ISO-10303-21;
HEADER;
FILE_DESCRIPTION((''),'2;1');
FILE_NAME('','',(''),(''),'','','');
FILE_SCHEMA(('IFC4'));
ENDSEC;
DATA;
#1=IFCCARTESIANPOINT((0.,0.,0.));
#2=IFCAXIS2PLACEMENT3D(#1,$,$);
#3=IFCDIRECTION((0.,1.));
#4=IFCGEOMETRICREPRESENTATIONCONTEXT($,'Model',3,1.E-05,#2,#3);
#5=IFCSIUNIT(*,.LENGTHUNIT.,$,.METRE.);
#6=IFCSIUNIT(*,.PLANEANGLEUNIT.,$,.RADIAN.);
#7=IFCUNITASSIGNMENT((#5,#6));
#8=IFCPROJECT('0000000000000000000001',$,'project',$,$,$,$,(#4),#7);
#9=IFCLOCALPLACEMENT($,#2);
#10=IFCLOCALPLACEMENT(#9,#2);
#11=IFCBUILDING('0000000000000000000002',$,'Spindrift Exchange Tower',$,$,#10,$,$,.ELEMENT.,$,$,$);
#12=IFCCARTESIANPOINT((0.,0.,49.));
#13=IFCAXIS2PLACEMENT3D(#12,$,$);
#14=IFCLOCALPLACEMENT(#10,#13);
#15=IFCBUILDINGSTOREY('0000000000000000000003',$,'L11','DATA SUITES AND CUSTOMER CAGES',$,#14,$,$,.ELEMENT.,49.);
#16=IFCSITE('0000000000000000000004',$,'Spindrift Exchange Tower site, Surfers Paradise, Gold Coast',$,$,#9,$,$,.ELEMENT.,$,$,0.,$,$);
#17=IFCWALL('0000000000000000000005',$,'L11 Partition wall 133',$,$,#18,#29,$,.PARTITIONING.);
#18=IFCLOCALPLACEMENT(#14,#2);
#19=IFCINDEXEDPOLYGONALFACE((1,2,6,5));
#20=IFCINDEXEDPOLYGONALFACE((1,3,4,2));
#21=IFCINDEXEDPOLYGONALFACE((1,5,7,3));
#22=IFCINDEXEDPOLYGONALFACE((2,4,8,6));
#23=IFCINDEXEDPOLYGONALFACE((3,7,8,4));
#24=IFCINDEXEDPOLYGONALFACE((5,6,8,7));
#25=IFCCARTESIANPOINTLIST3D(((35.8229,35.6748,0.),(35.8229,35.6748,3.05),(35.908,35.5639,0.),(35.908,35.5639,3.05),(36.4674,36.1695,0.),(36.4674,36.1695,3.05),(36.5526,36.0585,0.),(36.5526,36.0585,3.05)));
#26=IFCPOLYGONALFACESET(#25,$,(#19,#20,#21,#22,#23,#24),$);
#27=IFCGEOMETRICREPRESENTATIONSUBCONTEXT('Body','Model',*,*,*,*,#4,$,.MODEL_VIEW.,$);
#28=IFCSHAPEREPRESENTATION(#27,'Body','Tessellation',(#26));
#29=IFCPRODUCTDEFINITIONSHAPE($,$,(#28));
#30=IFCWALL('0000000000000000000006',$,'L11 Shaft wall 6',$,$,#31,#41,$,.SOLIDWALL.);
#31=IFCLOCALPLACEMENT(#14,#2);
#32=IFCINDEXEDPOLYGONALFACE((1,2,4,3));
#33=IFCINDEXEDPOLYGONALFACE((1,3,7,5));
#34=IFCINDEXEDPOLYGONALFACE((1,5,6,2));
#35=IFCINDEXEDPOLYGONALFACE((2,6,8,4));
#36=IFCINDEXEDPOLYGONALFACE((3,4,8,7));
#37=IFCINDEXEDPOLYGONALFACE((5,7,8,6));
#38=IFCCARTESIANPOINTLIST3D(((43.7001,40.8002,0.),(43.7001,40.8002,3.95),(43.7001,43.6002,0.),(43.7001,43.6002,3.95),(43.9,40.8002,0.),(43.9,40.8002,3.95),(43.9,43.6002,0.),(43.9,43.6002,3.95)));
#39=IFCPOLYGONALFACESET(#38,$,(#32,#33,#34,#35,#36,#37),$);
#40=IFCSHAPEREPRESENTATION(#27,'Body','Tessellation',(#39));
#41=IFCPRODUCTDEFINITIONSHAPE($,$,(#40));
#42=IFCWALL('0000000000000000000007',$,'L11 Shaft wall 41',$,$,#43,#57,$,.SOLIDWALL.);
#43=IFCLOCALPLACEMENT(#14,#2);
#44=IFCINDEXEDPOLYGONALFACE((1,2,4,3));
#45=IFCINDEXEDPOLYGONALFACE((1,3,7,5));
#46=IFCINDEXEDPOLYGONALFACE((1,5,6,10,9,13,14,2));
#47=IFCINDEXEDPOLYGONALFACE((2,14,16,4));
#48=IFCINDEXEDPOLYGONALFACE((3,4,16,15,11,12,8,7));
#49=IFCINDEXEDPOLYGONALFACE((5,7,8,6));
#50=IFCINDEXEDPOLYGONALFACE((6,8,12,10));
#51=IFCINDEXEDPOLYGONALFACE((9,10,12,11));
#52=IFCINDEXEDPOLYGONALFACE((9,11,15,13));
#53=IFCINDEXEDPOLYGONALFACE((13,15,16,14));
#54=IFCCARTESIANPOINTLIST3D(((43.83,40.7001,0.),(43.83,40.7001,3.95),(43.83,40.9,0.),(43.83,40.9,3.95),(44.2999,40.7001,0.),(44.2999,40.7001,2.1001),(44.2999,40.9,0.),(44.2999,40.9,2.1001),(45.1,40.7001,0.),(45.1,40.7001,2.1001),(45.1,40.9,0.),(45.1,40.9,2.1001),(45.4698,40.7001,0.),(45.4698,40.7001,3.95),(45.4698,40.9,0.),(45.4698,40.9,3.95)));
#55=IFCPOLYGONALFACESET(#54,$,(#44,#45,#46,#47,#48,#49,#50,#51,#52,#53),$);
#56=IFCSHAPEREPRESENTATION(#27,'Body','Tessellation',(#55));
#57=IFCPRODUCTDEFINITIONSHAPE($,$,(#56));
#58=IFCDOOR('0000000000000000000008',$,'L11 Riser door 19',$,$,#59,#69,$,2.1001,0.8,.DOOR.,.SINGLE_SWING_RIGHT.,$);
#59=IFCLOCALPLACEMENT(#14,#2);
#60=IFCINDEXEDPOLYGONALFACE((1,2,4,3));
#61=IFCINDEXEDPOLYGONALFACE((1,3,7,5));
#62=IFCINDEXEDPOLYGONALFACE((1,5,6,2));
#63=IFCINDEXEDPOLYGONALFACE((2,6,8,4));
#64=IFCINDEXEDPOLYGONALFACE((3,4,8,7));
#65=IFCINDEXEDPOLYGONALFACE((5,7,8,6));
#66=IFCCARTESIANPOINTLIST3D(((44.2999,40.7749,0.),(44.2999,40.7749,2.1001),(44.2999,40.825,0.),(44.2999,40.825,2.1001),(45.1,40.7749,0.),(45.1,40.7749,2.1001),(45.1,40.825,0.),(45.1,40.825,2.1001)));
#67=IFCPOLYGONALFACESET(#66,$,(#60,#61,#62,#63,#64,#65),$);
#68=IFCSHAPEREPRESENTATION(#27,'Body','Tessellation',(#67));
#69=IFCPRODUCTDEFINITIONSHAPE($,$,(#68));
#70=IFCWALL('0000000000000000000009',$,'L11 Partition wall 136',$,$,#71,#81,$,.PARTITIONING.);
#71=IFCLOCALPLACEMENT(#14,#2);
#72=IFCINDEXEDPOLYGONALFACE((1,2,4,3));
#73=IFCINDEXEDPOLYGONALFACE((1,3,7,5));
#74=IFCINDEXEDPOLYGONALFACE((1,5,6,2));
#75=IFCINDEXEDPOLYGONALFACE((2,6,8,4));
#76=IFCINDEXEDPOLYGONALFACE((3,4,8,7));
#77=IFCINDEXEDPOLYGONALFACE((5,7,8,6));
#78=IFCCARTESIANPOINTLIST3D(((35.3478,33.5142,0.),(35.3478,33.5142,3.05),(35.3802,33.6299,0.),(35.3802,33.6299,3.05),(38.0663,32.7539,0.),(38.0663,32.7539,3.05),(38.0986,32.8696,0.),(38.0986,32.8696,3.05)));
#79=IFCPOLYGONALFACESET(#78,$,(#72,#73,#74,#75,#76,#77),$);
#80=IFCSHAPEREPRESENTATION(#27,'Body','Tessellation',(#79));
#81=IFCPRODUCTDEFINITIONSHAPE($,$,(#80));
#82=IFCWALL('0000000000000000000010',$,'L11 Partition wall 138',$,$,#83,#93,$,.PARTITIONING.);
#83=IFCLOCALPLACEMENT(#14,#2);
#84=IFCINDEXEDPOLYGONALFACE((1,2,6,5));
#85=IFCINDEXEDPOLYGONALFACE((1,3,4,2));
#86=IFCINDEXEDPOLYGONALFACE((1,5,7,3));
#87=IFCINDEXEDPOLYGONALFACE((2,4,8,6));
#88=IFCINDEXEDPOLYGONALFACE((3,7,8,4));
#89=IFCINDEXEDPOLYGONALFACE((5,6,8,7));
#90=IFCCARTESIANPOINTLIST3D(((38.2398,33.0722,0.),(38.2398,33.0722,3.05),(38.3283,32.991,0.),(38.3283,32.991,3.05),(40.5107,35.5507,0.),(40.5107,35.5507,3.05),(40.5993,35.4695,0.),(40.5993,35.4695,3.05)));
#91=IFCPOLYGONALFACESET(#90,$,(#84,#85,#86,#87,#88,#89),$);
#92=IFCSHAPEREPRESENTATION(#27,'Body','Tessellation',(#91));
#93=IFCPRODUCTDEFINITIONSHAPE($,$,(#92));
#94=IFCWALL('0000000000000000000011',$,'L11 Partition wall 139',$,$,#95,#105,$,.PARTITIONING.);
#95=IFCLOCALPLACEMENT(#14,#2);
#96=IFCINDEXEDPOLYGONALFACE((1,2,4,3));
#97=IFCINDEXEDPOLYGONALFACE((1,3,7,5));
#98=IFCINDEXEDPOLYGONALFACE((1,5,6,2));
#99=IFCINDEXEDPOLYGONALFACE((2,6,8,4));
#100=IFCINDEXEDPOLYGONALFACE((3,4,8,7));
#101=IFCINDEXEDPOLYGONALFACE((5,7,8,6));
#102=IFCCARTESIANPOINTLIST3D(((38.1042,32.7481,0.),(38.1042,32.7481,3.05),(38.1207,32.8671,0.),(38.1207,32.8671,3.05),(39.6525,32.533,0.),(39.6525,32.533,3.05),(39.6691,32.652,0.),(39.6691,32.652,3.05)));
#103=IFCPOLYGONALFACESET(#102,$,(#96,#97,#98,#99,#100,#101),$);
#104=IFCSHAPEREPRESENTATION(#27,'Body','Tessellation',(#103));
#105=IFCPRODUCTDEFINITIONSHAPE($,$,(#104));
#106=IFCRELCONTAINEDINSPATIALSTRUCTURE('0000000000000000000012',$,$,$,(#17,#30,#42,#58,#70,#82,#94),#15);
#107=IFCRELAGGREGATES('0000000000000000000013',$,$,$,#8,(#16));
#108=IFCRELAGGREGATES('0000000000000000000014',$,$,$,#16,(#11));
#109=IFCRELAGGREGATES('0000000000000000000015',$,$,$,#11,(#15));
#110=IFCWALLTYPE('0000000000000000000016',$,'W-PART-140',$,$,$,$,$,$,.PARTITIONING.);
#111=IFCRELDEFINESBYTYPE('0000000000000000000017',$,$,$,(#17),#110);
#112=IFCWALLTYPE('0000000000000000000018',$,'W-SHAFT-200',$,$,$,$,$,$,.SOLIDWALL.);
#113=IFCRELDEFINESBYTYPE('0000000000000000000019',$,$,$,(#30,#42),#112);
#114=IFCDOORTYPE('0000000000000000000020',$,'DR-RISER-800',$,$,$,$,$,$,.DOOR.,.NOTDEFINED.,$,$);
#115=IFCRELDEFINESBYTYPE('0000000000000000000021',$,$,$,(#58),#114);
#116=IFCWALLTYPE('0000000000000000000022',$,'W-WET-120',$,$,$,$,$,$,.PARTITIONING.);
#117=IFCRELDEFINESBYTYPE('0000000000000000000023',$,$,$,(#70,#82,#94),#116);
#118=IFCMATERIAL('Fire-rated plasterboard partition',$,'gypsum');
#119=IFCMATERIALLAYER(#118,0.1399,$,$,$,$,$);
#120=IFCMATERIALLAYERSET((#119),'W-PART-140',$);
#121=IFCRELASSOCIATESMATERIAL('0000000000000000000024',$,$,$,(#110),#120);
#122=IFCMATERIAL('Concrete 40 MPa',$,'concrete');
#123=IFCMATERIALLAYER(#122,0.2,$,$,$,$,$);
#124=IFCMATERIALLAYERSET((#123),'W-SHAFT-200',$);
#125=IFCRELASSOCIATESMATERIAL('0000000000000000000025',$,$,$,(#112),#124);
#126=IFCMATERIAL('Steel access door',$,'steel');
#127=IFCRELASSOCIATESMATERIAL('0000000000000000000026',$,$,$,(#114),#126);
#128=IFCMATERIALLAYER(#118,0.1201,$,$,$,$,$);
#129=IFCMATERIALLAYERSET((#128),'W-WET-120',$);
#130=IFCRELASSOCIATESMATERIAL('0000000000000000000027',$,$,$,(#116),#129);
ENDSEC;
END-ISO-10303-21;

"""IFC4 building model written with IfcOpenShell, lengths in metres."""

from ifc_helpers import new_model, si_unit, direction, frame, frame_2d, origin, place, context, subcontext, project, spatial, rectangle, extrude, source, transform, mapped, material, layer, layer_set, type_object, element, fill, save


model = new_model("IFC4")

# Units and contexts
model_context = context("Model", 3, precision=1e-05, world=origin(), true_north=direction((0.0, 1.0)))
body_context = subcontext(model_context, "Body", "Model", "MODEL_VIEW")
ifc_project = project(units=[si_unit("LENGTHUNIT", "METRE"), si_unit("PLANEANGLEUNIT", "RADIAN")], contexts=[model_context])

# Site, building, storey
site_placement = place(None, origin())
site = spatial("IfcSite", under=ifc_project, at=site_placement, Name="Spindrift Exchange Tower site, Surfers Paradise, Gold Coast", CompositionType="ELEMENT", RefElevation=0.0)
building_placement = place(site_placement, origin())
building = spatial("IfcBuilding", under=site, at=building_placement, Name="Spindrift Exchange Tower", CompositionType="ELEMENT")
storey_placement = place(building_placement, frame((0.0, 0.0, 49.0)))
storey = spatial("IfcBuildingStorey", under=building, at=storey_placement, Name="L11", Description="DATA SUITES AND CUSTOMER CAGES", CompositionType="ELEMENT", Elevation=49.0)

# Shared definitions
ifc_material_1 = material(Name="Fire-rated plasterboard partition", Category="gypsum")

# Shared definitions
ifc_material_2 = material(Name="Steel access door", Category="steel")

# Walls
ifc_layer_1 = layer(ifc_material_1, 0.1399)
ifc_layer_set_1 = layer_set([ifc_layer_1], Name="W-PART-140")
wall_type_1 = type_object("IfcWallType", Name="W-PART-140", PredefinedType="PARTITIONING", material=ifc_layer_set_1)
wall_1_placement = place(storey_placement, frame((36.51, 36.114, 0.0), z_axis=(0.0, 0.0, 1.0), x_axis=(-0.793316, -0.60881, 0.0)))
element("IfcWall", 1, at=wall_1_placement, inside=storey, type_object=wall_type_1, Name="L11 Partition wall 133", PredefinedType="PARTITIONING", context=body_context, shape_type="SweptSolid", body=[
    extrude(rectangle(XDim=0.8125, YDim=0.1399, at=frame_2d((0.4062, 0.0))), origin(), (0.0, 0.0, 1.0), 3.05),
])
ifc_material_3 = material(Name="Concrete 40 MPa", Category="concrete")
ifc_layer_2 = layer(ifc_material_3, 0.2)
ifc_layer_set_2 = layer_set([ifc_layer_2], Name="W-SHAFT-200")
wall_type_2 = type_object("IfcWallType", Name="W-SHAFT-200", PredefinedType="SOLIDWALL", material=ifc_layer_set_2)
wall_2_placement = place(storey_placement, frame((43.8, 43.6001, 0.0), z_axis=(0.0, 0.0, 1.0), x_axis=(0.0, -1.0, 0.0)))
element("IfcWall", 2, at=wall_2_placement, inside=storey, type_object=wall_type_2, Name="L11 Shaft wall 6", PredefinedType="SOLIDWALL", context=body_context, shape_type="SweptSolid", body=[
    extrude(rectangle(XDim=2.8, YDim=0.2, at=frame_2d((1.3999, 0.0))), origin(), (0.0, 0.0, 1.0), 3.95),
])

# Wall, opening, door
wall_3_placement = place(storey_placement, frame((43.8301, 40.8, 0.0), z_axis=(0.0, 0.0, 1.0), x_axis=(1.0, 0.0, 0.0)))
wall_3 = element("IfcWall", 3, at=wall_3_placement, inside=storey, type_object=wall_type_2, Name="L11 Shaft wall 41", PredefinedType="SOLIDWALL", context=body_context, shape_type="SweptSolid", body=[
    extrude(rectangle(XDim=1.6399, YDim=0.2, at=frame_2d((0.8198, 0.0))), origin(), (0.0, 0.0, 1.0), 3.95),
])
opening_1_placement = place(wall_3_placement, frame((0.47, 0.0, 0.0)))
opening_1 = element("IfcOpeningElement", 4, at=opening_1_placement, cuts=wall_3, PredefinedType="OPENING", context=body_context, shape_type="SweptSolid", body=[
    extrude(rectangle(XDim=0.8, YDim=2.1001, at=frame_2d((0.3999, 1.05))), frame((0.0, 0.1099, 0.0), z_axis=(0.0, -1.0, 0.0), x_axis=(1.0, 0.0, 0.0)), (0.0, 0.0, 1.0), 0.22),
])
door_type_1 = type_object("IfcDoorType", Name="DR-RISER-800", OperationType="NOTDEFINED", PredefinedType="DOOR", material=ifc_material_2)
shared_shape_1 = source(origin(), body_context, "Body", "SweptSolid", [
    extrude(rectangle(XDim=0.8, YDim=2.1001, at=frame_2d((0.3999, 1.05))), frame((0.0, 0.0249, 0.0), z_axis=(0.0, -1.0, 0.0), x_axis=(1.0, 0.0, 0.0)), (0.0, 0.0, 1.0), 0.05),
])
door_1_placement = place(opening_1_placement, origin())
door_1 = element("IfcDoor", 5, at=door_1_placement, inside=storey, type_object=door_type_1, Name="L11 Riser door 19", OperationType="SINGLE_SWING_RIGHT", OverallHeight=2.1001, OverallWidth=0.8, PredefinedType="DOOR", context=body_context, shape_type="MappedRepresentation", body=[
    mapped(shared_shape_1, transform((0.0, 0.0, 0.0), scale=1.0)),
])
fill(opening_1, door_1)

# Walls
ifc_layer_3 = layer(ifc_material_1, 0.1201)
ifc_layer_set_3 = layer_set([ifc_layer_3], Name="W-WET-120")
wall_type_3 = type_object("IfcWallType", Name="W-WET-120", PredefinedType="PARTITIONING", material=ifc_layer_set_3)
wall_4_placement = place(storey_placement, frame((35.364, 33.572, 0.0), z_axis=(0.0, 0.0, 1.0), x_axis=(0.963049, -0.269325, 0.0)))
element("IfcWall", 6, at=wall_4_placement, inside=storey, type_object=wall_type_3, Name="L11 Partition wall 136", PredefinedType="PARTITIONING", context=body_context, shape_type="SweptSolid", body=[
    extrude(rectangle(XDim=2.8228, YDim=0.1201, at=frame_2d((1.4114, 0.0))), origin(), (0.0, 0.0, 1.0), 3.05),
])
wall_5_placement = place(storey_placement, frame((40.5549, 35.51, 0.0), z_axis=(0.0, 0.0, 1.0), x_axis=(-0.675567, -0.737299, 0.0)))
element("IfcWall", 7, at=wall_5_placement, inside=storey, type_object=wall_type_3, Name="L11 Partition wall 138", PredefinedType="PARTITIONING", context=body_context, shape_type="SweptSolid", body=[
    extrude(rectangle(XDim=3.3616, YDim=0.1201, at=frame_2d((1.6807, 0.0))), origin(), (0.0, 0.0, 1.0), 3.05),
])
wall_6_placement = place(storey_placement, frame((38.1123, 32.8076, 0.0), z_axis=(0.0, 0.0, 1.0), x_axis=(0.990489, -0.137594, 0.0)))
element("IfcWall", 8, at=wall_6_placement, inside=storey, type_object=wall_type_3, Name="L11 Partition wall 139", PredefinedType="PARTITIONING", context=body_context, shape_type="SweptSolid", body=[
    extrude(rectangle(XDim=1.5632, YDim=0.1201, at=frame_2d((0.7817, 0.0))), origin(), (0.0, 0.0, 1.0), 3.05),
])

save(model, "model.ifc")
